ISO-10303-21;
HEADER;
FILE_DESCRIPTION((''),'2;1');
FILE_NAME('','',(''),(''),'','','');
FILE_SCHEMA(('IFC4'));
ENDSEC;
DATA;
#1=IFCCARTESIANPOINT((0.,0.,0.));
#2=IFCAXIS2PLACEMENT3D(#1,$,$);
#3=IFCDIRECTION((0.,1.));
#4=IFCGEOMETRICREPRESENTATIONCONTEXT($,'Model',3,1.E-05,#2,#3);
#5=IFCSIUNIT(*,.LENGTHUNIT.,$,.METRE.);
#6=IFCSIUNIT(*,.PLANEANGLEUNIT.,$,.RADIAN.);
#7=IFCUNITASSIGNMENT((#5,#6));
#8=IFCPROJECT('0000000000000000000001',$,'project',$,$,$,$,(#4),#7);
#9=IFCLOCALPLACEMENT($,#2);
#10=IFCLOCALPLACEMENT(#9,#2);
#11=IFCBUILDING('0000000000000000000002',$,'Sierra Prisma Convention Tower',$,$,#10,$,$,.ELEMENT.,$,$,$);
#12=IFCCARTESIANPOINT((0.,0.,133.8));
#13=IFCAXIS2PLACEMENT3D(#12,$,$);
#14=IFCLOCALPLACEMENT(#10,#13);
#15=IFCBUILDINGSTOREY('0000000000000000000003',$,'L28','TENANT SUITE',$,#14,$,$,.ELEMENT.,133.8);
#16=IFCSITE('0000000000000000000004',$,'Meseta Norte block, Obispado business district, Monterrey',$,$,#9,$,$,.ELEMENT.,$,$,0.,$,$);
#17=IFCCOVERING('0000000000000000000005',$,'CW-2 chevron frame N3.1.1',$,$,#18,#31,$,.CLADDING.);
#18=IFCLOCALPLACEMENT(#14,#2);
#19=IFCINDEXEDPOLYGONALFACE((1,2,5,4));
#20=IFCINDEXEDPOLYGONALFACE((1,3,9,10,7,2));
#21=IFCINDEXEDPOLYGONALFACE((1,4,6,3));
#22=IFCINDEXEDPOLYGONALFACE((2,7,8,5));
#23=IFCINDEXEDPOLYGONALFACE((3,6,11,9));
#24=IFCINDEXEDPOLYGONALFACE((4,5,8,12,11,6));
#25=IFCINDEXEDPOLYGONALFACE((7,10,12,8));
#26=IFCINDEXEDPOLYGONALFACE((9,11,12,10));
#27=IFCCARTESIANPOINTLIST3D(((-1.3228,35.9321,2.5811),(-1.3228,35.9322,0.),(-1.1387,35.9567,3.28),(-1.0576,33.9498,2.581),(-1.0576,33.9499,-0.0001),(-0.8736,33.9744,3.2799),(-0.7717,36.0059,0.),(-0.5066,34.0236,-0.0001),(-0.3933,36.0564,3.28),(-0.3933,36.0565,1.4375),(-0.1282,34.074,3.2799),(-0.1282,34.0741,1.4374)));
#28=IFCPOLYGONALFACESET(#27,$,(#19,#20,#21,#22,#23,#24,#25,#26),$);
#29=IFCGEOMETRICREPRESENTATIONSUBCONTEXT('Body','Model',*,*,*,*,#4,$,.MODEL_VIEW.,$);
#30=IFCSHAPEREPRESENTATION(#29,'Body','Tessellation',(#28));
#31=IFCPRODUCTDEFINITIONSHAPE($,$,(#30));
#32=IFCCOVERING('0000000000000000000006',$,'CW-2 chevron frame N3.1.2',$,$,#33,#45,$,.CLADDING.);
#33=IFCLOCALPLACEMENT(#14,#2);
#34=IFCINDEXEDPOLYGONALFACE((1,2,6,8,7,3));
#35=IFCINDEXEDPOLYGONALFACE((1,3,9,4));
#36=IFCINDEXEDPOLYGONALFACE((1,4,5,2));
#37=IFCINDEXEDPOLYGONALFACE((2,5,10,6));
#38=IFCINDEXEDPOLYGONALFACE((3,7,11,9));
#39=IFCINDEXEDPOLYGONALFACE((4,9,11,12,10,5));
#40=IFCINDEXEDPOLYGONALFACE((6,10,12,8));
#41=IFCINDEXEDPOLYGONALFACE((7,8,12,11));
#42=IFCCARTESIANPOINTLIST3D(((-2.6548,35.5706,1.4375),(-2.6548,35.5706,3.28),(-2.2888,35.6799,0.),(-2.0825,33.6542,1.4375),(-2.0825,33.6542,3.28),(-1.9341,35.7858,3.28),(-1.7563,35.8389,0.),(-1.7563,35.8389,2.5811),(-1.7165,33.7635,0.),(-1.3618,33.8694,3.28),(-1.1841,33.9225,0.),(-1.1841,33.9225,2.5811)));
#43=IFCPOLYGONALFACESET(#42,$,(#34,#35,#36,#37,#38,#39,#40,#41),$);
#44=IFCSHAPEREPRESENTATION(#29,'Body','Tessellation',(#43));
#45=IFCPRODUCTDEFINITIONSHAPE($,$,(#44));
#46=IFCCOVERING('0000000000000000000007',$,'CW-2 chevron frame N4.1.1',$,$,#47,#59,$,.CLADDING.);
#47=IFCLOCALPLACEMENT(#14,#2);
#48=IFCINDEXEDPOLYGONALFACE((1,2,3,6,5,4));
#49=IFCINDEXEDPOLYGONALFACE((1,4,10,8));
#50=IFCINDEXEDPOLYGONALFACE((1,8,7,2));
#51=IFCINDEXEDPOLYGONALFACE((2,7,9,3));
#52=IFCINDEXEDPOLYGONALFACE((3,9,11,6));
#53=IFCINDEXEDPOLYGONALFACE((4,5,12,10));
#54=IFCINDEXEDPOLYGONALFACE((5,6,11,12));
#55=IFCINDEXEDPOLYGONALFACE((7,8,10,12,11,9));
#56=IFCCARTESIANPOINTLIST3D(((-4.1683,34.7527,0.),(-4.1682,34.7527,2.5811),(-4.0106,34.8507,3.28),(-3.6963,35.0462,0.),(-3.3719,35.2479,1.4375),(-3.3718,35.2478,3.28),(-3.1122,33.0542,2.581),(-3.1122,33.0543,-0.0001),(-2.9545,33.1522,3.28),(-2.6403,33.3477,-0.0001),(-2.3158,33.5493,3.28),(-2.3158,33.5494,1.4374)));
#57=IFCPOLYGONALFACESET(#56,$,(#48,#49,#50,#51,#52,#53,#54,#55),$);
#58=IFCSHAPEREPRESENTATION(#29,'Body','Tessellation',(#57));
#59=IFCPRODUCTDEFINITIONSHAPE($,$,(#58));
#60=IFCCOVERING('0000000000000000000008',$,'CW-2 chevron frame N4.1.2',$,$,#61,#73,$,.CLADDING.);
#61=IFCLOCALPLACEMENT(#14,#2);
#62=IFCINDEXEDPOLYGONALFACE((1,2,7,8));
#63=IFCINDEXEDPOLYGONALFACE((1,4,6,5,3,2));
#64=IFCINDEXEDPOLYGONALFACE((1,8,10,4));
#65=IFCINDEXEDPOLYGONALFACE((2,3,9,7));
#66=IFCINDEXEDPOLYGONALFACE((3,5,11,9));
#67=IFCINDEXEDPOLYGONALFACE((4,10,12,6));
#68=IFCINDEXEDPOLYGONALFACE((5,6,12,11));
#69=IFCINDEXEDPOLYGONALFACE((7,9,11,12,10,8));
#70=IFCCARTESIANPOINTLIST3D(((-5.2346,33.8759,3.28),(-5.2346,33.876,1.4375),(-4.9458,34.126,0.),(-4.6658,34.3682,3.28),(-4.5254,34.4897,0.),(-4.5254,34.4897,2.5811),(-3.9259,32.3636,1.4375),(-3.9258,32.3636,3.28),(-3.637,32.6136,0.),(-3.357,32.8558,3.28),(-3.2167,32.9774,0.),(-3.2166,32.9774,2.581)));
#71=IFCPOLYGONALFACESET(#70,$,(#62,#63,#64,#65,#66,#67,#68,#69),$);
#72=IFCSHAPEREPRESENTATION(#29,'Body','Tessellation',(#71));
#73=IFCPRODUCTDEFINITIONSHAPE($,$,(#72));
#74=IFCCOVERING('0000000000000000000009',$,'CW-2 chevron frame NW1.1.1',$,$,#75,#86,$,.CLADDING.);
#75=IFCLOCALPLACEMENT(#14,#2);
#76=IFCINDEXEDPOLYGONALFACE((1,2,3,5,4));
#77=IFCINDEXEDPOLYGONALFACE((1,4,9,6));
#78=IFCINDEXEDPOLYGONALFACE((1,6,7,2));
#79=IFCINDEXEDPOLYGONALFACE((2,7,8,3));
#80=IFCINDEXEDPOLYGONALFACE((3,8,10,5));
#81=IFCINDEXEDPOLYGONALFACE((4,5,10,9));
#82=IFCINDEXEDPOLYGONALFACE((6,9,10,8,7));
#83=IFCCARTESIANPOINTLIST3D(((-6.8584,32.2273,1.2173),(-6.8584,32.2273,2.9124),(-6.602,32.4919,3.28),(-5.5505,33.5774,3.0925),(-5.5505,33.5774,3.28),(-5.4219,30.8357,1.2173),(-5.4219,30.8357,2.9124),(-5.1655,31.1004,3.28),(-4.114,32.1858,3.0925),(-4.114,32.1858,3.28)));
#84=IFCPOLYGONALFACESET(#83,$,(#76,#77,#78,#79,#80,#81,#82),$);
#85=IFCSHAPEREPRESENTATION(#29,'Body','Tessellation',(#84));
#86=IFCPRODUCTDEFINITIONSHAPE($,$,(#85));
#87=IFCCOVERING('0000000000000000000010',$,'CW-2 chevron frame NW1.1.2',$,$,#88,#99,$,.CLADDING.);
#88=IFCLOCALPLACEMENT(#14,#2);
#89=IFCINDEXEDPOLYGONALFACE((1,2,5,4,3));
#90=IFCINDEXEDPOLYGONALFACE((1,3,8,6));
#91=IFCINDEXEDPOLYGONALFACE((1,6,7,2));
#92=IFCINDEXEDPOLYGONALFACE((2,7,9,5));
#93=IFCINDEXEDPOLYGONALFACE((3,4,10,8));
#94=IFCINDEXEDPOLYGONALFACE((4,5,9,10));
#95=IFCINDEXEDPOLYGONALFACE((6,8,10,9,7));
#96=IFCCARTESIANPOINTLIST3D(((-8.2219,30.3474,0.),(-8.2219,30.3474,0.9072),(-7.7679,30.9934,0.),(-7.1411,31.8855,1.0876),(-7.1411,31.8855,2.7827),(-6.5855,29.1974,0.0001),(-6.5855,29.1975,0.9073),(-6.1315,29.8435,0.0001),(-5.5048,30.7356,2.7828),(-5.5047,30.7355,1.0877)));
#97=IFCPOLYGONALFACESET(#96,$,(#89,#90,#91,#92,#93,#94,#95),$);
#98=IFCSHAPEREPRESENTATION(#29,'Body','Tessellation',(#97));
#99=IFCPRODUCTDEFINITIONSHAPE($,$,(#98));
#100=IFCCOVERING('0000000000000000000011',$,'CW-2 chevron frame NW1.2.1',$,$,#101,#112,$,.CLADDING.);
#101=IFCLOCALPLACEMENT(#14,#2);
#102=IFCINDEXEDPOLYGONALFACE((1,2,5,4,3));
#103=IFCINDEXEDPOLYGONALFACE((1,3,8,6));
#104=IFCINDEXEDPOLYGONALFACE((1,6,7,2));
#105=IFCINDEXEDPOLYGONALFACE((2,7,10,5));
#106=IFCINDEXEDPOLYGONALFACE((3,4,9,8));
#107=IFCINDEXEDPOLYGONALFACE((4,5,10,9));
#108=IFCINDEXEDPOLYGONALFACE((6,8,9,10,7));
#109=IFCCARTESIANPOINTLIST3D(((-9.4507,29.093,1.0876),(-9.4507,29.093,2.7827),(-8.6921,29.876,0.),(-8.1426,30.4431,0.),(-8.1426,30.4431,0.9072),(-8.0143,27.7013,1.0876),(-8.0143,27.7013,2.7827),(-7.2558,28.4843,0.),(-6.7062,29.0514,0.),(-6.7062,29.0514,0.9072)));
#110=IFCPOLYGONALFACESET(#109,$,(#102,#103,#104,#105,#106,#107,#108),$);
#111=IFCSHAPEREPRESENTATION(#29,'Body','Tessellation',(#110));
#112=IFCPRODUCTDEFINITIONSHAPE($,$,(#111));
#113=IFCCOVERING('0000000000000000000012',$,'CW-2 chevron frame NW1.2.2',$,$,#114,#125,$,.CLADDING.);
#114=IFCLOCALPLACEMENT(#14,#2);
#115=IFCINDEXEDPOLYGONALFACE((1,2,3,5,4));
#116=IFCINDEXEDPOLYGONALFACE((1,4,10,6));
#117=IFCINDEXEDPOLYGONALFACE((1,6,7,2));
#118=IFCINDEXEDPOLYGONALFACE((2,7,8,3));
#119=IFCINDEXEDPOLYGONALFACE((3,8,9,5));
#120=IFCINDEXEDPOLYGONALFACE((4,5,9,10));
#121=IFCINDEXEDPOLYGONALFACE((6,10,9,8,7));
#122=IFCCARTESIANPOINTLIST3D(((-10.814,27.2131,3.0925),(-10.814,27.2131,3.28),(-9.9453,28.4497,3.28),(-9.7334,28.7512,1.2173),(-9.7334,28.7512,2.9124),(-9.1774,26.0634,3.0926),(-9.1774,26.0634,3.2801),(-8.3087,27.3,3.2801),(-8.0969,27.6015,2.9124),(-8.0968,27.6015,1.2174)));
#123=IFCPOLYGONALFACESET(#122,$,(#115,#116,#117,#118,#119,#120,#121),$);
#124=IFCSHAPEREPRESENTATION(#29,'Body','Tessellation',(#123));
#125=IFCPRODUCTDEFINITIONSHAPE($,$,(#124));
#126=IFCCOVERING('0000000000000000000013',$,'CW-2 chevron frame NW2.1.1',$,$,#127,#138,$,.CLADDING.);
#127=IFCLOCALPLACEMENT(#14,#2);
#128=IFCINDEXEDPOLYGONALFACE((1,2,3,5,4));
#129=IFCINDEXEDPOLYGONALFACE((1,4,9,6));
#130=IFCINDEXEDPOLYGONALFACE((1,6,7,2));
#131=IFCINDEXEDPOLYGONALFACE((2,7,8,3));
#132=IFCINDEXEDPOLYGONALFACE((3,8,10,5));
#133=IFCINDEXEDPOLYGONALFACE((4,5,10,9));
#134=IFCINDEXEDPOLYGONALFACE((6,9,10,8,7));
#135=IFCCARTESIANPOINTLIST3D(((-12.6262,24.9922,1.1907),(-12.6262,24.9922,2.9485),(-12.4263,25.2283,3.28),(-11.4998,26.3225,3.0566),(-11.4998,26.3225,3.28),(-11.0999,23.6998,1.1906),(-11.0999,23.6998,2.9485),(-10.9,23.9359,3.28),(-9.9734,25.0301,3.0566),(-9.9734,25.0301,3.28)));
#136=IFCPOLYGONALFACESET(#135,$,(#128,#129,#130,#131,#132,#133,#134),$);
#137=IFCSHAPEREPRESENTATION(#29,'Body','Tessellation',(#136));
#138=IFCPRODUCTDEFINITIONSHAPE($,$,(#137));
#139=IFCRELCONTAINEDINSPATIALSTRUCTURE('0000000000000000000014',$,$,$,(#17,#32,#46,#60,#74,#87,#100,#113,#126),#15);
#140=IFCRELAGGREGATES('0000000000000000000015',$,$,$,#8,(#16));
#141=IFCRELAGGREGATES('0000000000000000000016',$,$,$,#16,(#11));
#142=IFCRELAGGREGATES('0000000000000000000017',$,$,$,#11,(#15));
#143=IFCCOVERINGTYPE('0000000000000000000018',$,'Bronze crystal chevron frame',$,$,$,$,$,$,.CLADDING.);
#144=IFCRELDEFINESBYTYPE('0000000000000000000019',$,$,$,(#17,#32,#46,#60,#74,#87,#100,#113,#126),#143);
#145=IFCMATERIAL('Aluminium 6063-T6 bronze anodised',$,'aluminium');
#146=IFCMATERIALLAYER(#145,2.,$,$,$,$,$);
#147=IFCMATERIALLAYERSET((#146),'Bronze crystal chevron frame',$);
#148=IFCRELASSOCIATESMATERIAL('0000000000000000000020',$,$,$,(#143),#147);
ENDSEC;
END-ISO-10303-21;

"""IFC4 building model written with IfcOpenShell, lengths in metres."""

from ifc_helpers import new_model, si_unit, direction, frame, origin, place, context, subcontext, project, spatial, polyline, outline, extrude, material, layer, layer_set, type_object, element, save


model = new_model("IFC4")

# Units and contexts
model_context = context("Model", 3, precision=1e-05, world=origin(), true_north=direction((0.0, 1.0)))
body_context = subcontext(model_context, "Body", "Model", "MODEL_VIEW")
ifc_project = project(units=[si_unit("LENGTHUNIT", "METRE"), si_unit("PLANEANGLEUNIT", "RADIAN")], contexts=[model_context])

# Site, building, storey
site_placement = place(None, origin())
site = spatial("IfcSite", under=ifc_project, at=site_placement, Name="Meseta Norte block, Obispado business district, Monterrey", CompositionType="ELEMENT", RefElevation=0.0)
building_placement = place(site_placement, origin())
building = spatial("IfcBuilding", under=site, at=building_placement, Name="Sierra Prisma Convention Tower", CompositionType="ELEMENT")
storey_placement = place(building_placement, frame((0.0, 0.0, 133.8)))
storey = spatial("IfcBuildingStorey", under=building, at=storey_placement, Name="L28", Description="TENANT SUITE", CompositionType="ELEMENT", Elevation=133.8)

# Coverings
ifc_material_1 = material(Name="Aluminium 6063-T6 bronze anodised", Category="aluminium")
ifc_layer_1 = layer(ifc_material_1, 2.0)
ifc_layer_set_1 = layer_set([ifc_layer_1], Name="Bronze crystal chevron frame")
covering_type = type_object("IfcCoveringType", Name="Bronze crystal chevron frame", PredefinedType="CLADDING", material=ifc_layer_set_1)
covering_1_placement = place(storey_placement, frame((-0.3933, 36.0564, 3.28), z_axis=(-0.132562, 0.991175, 0.000043), x_axis=(-0.000006, 0.000043, -1.0)))
element("IfcCovering", 1, at=covering_1_placement, inside=storey, type_object=covering_type, Name="CW-2 chevron frame N3.1.1", PredefinedType="CLADDING", context=body_context, shape_type="SweptSolid", body=[
    extrude(outline(polyline([(0.0, 0.0), (1.8425, 0.0), (3.28, 0.3818), (3.28, 0.9377), (0.699, 0.9377), (0.0, 0.752), (0.0, 0.0)])), origin(), (0.0, 0.0, -1.0), 2.0),
])
covering_2_placement = place(storey_placement, frame((-1.7563, 35.8389, 0.0), z_axis=(-0.286145, 0.958186, -0.000003), x_axis=(-0.958186, -0.286145, 0.0)))
element("IfcCovering", 2, at=covering_2_placement, inside=storey, type_object=covering_type, Name="CW-2 chevron frame N3.1.2", PredefinedType="CLADDING", context=body_context, shape_type="SweptSolid", body=[
    extrude(outline(polyline([(0.0, 0.0), (0.5557, 0.0), (0.9376, 1.4375), (0.9376, 3.28), (0.1855, 3.28), (0.0, 2.5811), (0.0, 0.0)])), origin(), (0.0, 0.0, -1.0), 2.0),
])
covering_3_placement = place(storey_placement, frame((-3.3718, 35.2478, 3.28), z_axis=(-0.52801, 0.849238, 0.000031), x_axis=(-0.000016, 0.000026, -1.0)))
element("IfcCovering", 3, at=covering_3_placement, inside=storey, type_object=covering_type, Name="CW-2 chevron frame N4.1.1", PredefinedType="CLADDING", context=body_context, shape_type="SweptSolid", body=[
    extrude(outline(polyline([(0.0, 0.0), (1.8425, 0.0), (3.28, 0.382), (3.28, 0.9377), (0.699, 0.9377), (0.0, 0.7521), (0.0, 0.0)])), origin(), (0.0, 0.0, -1.0), 2.0),
])
covering_4_placement = place(storey_placement, frame((-4.5254, 34.4897, 0.0), z_axis=(-0.65437, 0.756174, 0.00002), x_axis=(-0.756174, -0.65437, 0.0)))
element("IfcCovering", 4, at=covering_4_placement, inside=storey, type_object=covering_type, Name="CW-2 chevron frame N4.1.2", PredefinedType="CLADDING", context=body_context, shape_type="SweptSolid", body=[
    extrude(outline(polyline([(0.0, 0.0), (0.5559, 0.0), (0.9379, 1.4375), (0.9379, 3.28), (0.1857, 3.28), (0.0, 2.5811), (0.0, 0.0)])), origin(), (0.0, 0.0, -1.0), 2.0),
])
covering_5_placement = place(storey_placement, frame((-5.5505, 33.5774, 3.28), z_axis=(-0.718251, 0.695784, -0.000007), x_axis=(0.000005, -0.000005, -1.0)))
element("IfcCovering", 5, at=covering_5_placement, inside=storey, type_object=covering_type, Name="CW-2 chevron frame NW1.1.1", PredefinedType="CLADDING", context=body_context, shape_type="SweptSolid", body=[
    extrude(outline(polyline([(0.0, 0.0), (0.1875, 0.0), (2.0627, 1.8797), (0.3677, 1.8797), (0.0, 1.5113), (0.0, 0.0)])), origin(), (0.0, 0.0, -1.0), 2.0),
])
covering_6_placement = place(storey_placement, frame((-7.1411, 31.8855, 2.7827), z_axis=(-0.818179, 0.574964, -0.000043), x_axis=(0.000035, -0.000025, -1.0)))
element("IfcCovering", 6, at=covering_6_placement, inside=storey, type_object=covering_type, Name="CW-2 chevron frame NW1.1.2", PredefinedType="CLADDING", context=body_context, shape_type="SweptSolid", body=[
    extrude(outline(polyline([(0.0, 0.0), (1.6951, 0.0), (2.7827, 1.0902), (2.7827, 1.8799), (1.8755, 1.8799), (0.0, 0.0)])), origin(), (0.0, 0.0, -1.0), 2.0),
])
covering_7_placement = place(storey_placement, frame((-8.6921, 29.876, 0.0), z_axis=(-0.718182, 0.695856, 0.000014), x_axis=(-0.492601, -0.50842, 0.706295)))
element("IfcCovering", 7, at=covering_7_placement, inside=storey, type_object=covering_type, Name="CW-2 chevron frame NW1.2.1", PredefinedType="CLADDING", context=body_context, shape_type="SweptSolid", body=[
    extrude(outline(polyline([(0.0, 0.0), (1.5399, 0.0), (2.7372, 1.2), (0.0817, 1.2), (-0.5591, 0.5578), (0.0, 0.0)])), origin(), (0.0, 0.0, -1.0), 2.0),
])
covering_8_placement = place(storey_placement, frame((-10.814, 27.2131, 3.28), z_axis=(-0.818258, 0.574851, -0.000033), x_axis=(0.574851, 0.818258, 0.0)))
element("IfcCovering", 8, at=covering_8_placement, inside=storey, type_object=covering_type, Name="CW-2 chevron frame NW1.2.2", PredefinedType="CLADDING", context=body_context, shape_type="SweptSolid", body=[
    extrude(outline(polyline([(0.0, 0.0), (1.5112, 0.0), (1.8797, 0.3677), (1.8797, 2.0627), (0.0, 0.1875), (0.0, 0.0)])), origin(), (0.0, 0.0, -1.0), 2.0),
])
covering_9_placement = place(storey_placement, frame((-11.4998, 26.3225, 3.28), z_axis=(-0.76316, 0.64621, 0.000015), x_axis=(-0.000011, 0.00001, -1.0)))
element("IfcCovering", 9, at=covering_9_placement, inside=storey, type_object=covering_type, Name="CW-2 chevron frame NW2.1.1", PredefinedType="CLADDING", context=body_context, shape_type="SweptSolid", body=[
    extrude(outline(polyline([(0.0, 0.0), (0.2234, 0.0), (2.0894, 1.7432), (0.3315, 1.7432), (0.0, 1.4338), (0.0, 0.0)])), origin(), (0.0, 0.0, -1.0), 2.0),
])

save(model, "model.ifc")
